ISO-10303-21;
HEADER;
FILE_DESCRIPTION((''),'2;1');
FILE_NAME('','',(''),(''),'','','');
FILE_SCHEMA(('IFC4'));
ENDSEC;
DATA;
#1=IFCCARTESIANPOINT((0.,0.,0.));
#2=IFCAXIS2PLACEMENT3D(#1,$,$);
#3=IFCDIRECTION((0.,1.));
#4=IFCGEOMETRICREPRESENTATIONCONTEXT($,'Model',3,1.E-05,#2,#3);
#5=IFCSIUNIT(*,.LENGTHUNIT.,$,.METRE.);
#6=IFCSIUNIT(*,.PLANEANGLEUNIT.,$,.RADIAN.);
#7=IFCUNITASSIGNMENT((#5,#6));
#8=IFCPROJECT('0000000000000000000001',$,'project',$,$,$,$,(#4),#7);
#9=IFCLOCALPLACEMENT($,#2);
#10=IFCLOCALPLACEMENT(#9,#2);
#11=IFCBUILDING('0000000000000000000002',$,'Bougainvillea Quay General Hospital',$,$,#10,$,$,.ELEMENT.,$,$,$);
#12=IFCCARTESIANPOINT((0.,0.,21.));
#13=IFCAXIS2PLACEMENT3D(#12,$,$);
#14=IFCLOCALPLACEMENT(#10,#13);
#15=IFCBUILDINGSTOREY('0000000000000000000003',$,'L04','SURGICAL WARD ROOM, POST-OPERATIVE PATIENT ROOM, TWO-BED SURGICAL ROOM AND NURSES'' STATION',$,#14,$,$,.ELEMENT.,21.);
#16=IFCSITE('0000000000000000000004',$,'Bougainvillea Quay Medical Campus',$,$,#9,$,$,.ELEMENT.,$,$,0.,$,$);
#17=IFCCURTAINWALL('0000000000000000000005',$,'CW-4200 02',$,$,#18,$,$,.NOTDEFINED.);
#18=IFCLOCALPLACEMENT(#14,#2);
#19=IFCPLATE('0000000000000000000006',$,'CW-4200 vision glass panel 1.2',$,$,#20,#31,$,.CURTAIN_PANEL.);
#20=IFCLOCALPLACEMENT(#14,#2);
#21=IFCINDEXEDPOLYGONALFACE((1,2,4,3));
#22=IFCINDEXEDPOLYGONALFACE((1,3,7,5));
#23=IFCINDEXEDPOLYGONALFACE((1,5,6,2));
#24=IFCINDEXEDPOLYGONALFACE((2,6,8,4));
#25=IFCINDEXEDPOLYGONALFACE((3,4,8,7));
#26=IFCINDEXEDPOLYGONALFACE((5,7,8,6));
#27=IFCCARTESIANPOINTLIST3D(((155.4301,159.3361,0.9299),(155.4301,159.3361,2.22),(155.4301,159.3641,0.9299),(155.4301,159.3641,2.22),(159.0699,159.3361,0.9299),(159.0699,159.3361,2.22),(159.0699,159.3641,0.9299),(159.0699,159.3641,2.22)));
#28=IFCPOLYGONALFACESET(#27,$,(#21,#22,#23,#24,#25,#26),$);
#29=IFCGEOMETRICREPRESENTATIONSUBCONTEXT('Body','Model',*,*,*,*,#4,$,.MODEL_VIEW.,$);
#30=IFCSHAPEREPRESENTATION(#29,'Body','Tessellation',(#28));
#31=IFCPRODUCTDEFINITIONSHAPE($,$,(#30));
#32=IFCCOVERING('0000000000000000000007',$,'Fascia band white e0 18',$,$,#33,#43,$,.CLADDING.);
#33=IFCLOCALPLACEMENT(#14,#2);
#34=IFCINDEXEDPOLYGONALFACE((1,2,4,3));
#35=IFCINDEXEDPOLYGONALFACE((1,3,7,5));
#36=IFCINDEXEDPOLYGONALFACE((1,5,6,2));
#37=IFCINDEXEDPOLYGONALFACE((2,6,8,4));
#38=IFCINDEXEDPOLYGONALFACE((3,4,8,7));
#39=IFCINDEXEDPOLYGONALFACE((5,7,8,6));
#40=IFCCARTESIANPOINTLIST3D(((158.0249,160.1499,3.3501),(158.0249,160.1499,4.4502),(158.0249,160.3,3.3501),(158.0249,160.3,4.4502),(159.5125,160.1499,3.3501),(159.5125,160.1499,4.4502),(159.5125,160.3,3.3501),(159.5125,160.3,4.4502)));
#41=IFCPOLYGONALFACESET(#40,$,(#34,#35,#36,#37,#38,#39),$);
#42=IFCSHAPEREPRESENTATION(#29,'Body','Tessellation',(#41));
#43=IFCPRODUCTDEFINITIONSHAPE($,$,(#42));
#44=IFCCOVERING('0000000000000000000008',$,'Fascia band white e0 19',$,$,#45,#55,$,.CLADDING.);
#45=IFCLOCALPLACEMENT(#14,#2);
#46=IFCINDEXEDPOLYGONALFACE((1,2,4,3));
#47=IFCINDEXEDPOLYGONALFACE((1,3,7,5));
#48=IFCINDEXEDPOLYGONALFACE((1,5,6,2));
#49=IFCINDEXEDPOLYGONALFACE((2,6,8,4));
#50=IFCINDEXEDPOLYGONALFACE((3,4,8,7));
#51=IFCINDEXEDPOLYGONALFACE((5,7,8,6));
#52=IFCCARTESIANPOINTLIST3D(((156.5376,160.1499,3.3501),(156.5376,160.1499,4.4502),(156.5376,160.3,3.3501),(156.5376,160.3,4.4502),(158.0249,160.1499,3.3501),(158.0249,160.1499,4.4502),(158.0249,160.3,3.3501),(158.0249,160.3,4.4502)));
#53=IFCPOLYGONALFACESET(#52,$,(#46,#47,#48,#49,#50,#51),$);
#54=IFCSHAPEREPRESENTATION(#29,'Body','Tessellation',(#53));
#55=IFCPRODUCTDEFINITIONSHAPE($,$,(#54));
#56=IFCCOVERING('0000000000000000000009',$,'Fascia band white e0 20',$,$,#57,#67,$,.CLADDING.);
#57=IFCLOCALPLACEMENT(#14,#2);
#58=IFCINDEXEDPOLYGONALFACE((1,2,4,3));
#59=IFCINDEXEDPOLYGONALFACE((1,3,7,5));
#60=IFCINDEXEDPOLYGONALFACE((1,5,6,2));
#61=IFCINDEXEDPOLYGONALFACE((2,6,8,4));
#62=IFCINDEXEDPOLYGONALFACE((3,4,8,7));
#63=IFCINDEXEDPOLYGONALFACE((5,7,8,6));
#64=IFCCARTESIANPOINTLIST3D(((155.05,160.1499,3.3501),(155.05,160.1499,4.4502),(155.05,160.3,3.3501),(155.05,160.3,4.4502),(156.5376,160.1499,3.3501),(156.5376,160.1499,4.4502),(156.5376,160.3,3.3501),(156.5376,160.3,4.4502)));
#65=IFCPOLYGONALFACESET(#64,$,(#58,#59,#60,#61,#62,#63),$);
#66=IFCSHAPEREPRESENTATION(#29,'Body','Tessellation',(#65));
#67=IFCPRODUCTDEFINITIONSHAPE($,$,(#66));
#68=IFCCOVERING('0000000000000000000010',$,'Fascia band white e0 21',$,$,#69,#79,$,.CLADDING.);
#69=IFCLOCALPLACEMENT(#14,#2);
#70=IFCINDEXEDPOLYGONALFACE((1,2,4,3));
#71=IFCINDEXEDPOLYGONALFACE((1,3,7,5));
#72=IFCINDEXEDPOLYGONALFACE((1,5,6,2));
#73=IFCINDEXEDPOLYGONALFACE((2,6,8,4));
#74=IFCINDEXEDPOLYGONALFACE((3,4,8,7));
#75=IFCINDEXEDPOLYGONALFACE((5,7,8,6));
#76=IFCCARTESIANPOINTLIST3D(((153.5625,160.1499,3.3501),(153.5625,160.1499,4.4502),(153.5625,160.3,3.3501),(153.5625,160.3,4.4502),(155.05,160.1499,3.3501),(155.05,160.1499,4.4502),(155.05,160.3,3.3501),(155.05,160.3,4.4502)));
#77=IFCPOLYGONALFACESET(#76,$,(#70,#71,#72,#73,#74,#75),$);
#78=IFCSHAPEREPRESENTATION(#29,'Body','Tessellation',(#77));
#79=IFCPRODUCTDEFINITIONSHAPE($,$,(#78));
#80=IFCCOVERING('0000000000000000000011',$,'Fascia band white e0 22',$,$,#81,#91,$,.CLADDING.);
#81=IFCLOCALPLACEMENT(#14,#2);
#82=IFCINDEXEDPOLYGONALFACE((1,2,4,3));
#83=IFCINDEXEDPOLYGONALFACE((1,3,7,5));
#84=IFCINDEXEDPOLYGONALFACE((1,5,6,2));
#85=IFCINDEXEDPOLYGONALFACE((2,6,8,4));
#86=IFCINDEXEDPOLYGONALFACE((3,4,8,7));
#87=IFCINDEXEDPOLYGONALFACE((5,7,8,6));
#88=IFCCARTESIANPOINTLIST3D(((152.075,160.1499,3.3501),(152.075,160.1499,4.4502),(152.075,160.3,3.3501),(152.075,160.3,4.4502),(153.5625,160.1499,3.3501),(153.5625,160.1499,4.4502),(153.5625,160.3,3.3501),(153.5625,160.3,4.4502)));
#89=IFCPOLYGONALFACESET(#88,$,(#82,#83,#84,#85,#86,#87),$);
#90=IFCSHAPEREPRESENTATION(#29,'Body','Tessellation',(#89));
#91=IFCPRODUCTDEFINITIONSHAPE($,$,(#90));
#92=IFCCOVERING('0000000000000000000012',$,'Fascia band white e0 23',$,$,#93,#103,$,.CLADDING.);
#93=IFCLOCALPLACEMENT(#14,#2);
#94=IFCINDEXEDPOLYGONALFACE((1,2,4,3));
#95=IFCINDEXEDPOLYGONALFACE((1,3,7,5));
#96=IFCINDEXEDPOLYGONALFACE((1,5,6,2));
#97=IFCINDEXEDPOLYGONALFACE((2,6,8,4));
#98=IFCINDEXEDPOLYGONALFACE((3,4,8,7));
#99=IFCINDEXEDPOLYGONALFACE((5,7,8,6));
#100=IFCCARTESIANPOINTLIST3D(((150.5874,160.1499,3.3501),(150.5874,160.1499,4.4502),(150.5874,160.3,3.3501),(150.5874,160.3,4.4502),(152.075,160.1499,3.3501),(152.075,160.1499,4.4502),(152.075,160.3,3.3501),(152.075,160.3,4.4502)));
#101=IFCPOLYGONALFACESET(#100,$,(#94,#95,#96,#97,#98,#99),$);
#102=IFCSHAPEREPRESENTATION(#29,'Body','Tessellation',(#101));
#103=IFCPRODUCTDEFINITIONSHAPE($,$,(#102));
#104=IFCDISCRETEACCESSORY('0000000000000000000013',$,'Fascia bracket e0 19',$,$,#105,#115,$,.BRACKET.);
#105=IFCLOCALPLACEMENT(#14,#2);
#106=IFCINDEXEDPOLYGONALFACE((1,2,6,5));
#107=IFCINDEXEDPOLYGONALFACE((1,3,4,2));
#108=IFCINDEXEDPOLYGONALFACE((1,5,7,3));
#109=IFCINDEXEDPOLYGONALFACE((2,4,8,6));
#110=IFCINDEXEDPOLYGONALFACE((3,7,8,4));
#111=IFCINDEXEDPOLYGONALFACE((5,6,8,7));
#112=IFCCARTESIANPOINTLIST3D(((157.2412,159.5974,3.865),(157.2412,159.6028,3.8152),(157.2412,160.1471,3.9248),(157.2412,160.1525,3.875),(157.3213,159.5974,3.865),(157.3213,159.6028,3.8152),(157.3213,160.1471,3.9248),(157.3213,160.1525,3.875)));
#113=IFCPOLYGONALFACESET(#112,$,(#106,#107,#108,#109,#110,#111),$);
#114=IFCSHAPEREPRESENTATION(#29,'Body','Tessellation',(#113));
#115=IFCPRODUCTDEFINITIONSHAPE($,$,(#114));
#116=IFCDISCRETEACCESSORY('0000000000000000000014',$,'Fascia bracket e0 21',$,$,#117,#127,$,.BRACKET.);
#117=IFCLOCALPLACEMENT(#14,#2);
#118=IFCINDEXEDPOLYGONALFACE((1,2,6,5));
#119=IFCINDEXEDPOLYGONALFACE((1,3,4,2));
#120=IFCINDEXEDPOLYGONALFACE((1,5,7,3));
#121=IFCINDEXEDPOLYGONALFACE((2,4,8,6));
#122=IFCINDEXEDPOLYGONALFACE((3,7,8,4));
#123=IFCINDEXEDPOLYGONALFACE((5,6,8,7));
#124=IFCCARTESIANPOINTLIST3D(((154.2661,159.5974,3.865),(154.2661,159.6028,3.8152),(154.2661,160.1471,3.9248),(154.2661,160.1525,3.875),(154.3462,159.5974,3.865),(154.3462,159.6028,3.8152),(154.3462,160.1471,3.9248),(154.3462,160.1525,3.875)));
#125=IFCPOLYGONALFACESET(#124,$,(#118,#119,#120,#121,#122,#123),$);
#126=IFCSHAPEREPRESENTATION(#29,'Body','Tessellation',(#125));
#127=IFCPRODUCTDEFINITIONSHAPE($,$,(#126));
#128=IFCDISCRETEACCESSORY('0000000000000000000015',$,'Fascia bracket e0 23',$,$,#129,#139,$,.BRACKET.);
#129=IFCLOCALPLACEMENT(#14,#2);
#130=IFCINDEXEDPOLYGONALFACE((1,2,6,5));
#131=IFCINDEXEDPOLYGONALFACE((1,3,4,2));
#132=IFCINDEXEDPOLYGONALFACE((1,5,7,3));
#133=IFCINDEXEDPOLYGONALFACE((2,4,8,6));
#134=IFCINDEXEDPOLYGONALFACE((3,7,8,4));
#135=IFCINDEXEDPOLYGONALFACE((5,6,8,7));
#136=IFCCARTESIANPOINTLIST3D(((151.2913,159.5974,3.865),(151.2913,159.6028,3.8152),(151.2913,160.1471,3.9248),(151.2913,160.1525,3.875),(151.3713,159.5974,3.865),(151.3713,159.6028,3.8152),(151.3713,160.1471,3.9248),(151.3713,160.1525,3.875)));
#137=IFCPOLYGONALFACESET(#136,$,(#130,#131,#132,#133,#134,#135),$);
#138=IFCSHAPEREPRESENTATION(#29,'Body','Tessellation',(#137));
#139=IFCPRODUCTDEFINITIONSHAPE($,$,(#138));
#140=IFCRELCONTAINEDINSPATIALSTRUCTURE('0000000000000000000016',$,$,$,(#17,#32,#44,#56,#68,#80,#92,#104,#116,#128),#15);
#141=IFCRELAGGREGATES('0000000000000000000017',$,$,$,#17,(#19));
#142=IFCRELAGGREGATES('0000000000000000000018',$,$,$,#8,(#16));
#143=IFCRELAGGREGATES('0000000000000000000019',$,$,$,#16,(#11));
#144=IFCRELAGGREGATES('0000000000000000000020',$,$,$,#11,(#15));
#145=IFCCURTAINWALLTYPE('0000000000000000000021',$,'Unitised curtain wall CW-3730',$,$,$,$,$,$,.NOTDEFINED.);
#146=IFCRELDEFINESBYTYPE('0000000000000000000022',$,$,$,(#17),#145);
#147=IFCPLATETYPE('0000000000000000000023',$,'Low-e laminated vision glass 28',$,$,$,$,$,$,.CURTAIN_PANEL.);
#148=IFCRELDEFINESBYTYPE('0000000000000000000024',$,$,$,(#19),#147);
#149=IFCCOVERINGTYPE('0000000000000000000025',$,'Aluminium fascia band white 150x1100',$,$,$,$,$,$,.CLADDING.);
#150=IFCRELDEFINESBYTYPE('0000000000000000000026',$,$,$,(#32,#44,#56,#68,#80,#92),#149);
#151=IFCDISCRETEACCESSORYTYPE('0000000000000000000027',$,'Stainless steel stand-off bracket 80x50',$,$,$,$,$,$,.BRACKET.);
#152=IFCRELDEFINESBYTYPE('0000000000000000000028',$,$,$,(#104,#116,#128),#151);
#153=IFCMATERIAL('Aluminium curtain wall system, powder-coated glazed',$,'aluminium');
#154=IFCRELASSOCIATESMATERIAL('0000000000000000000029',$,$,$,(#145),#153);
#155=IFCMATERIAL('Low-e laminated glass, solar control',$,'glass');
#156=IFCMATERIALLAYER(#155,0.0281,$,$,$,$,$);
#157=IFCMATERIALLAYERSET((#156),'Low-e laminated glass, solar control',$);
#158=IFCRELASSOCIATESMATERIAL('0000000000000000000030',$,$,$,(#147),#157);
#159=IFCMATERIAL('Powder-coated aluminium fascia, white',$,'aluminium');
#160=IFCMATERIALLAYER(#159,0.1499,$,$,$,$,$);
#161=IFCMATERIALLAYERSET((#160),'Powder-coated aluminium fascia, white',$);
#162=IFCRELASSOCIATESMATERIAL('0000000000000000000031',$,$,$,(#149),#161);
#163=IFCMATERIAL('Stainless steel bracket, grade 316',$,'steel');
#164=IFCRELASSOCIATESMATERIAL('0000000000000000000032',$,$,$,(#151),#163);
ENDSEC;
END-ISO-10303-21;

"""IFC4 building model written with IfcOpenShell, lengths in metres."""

from ifc_helpers import new_model, si_unit, direction, frame, origin, origin_2d, place, context, subcontext, project, spatial, polyline, rectangle, outline, extrude, material, layer, layer_set, material_profile, profile_set, type_object, element, aggregate, save


model = new_model("IFC4")

# Units and contexts
model_context = context("Model", 3, precision=1e-05, world=origin(), true_north=direction((0.0, 1.0)))
body_context = subcontext(model_context, "Body", "Model", "MODEL_VIEW")
ifc_project = project(units=[si_unit("LENGTHUNIT", "METRE"), si_unit("PLANEANGLEUNIT", "RADIAN")], contexts=[model_context])

# Site, building, storey
site_placement = place(None, origin())
site = spatial("IfcSite", under=ifc_project, at=site_placement, Name="Bougainvillea Quay Medical Campus", CompositionType="ELEMENT", RefElevation=0.0)
building_placement = place(site_placement, origin())
building = spatial("IfcBuilding", under=site, at=building_placement, Name="Bougainvillea Quay General Hospital", CompositionType="ELEMENT")
storey_placement = place(building_placement, frame((0.0, 0.0, 21.0)))
storey = spatial("IfcBuildingStorey", under=building, at=storey_placement, Name="L04", Description="SURGICAL WARD ROOM, POST-OPERATIVE PATIENT ROOM, TWO-BED SURGICAL ROOM AND NURSES' STATION", CompositionType="ELEMENT", Elevation=21.0)

# Curtain wall
ifc_material_1 = material(Name="Aluminium curtain wall system, powder-coated glazed", Category="aluminium")
curtain_wall_type = type_object("IfcCurtainWallType", Name="Unitised curtain wall CW-3730", PredefinedType="NOTDEFINED", material=ifc_material_1)
curtain_wall_placement = place(storey_placement, origin())
curtain_wall = element("IfcCurtainWall", 1, at=curtain_wall_placement, inside=storey, type_object=curtain_wall_type, Name="CW-4200 02", PredefinedType="NOTDEFINED")

# Plate
ifc_material_2 = material(Name="Low-e laminated glass, solar control", Category="glass")
ifc_layer_1 = layer(ifc_material_2, 0.0281)
ifc_layer_set_1 = layer_set([ifc_layer_1], Name="Low-e laminated glass, solar control")
plate_type_1 = type_object("IfcPlateType", Name="Low-e laminated vision glass 28", PredefinedType="CURTAIN_PANEL", material=ifc_layer_set_1)
plate_1_placement = place(storey_placement, frame((157.25, 159.3501, 0.9299), z_axis=(0.0, 0.0, 1.0), x_axis=(-1.0, 0.0, 0.0)))
plate_1 = element("IfcPlate", 2, at=plate_1_placement, type_object=plate_type_1, Name="CW-4200 vision glass panel 1.2", PredefinedType="CURTAIN_PANEL", context=body_context, shape_type="SweptSolid", body=[
    extrude(rectangle(XDim=3.6399, YDim=0.0281, at=origin_2d()), origin(), (0.0, 0.0, 1.0), 1.29),
])
aggregate(curtain_wall, [plate_1])

# Coverings
ifc_material_3 = material(Name="Powder-coated aluminium fascia, white", Category="aluminium")
ifc_layer_2 = layer(ifc_material_3, 0.1499)
ifc_layer_set_2 = layer_set([ifc_layer_2], Name="Powder-coated aluminium fascia, white")
covering_type = type_object("IfcCoveringType", Name="Aluminium fascia band white 150x1100", PredefinedType="CLADDING", material=ifc_layer_set_2)
covering_1_placement = place(storey_placement, frame((159.5125, 160.1499, 3.3501), z_axis=(0.0, 0.0, 1.0), x_axis=(-1.0, 0.0, 0.0)))
element("IfcCovering", 3, at=covering_1_placement, inside=storey, type_object=covering_type, Name="Fascia band white e0 18", PredefinedType="CLADDING", context=body_context, shape_type="SweptSolid", body=[
    extrude(outline(polyline([(0.0, 0.0), (1.4875, 0.0), (1.4875, -0.1501), (0.0, -0.1501), (0.0, 0.0)])), origin(), (0.0, 0.0, 1.0), 1.1001),
])
covering_2_placement = place(storey_placement, frame((158.0249, 160.1499, 3.3501), z_axis=(0.0, 0.0, 1.0), x_axis=(-1.0, 0.0, 0.0)))
element("IfcCovering", 4, at=covering_2_placement, inside=storey, type_object=covering_type, Name="Fascia band white e0 19", PredefinedType="CLADDING", context=body_context, shape_type="SweptSolid", body=[
    extrude(outline(polyline([(0.0, 0.0), (1.4873, 0.0), (1.4873, -0.1501), (0.0, -0.1501), (0.0, 0.0)])), origin(), (0.0, 0.0, 1.0), 1.1001),
])
for number, where, z_axis, x_axis, name in (
    (5, (156.5376, 160.1499, 3.3501), (0.0, 0.0, 1.0), (-1.0, 0.0, 0.0), "Fascia band white e0 20"),
    (6, (155.05, 160.1499, 3.3501), (0.0, 0.0, 1.0), (-1.0, 0.0, 0.0), "Fascia band white e0 21"),
    (7, (153.5625, 160.1499, 3.3501), (0.0, 0.0, 1.0), (-1.0, 0.0, 0.0), "Fascia band white e0 22"),
    (8, (152.075, 160.1499, 3.3501), (0.0, 0.0, 1.0), (-1.0, 0.0, 0.0), "Fascia band white e0 23"),
):
    element("IfcCovering", number, at=place(storey_placement, frame(where, z_axis=z_axis, x_axis=x_axis)), inside=storey, type_object=covering_type, Name=name, PredefinedType="CLADDING", context=body_context, shape_type="SweptSolid", body=[
        extrude(outline(polyline([(0.0, 0.0), (1.4875, 0.0), (1.4875, -0.1501), (0.0, -0.1501), (0.0, 0.0)])), origin(), (0.0, 0.0, 1.0), 1.1001),
    ])

# Discrete accessories
ifc_material_4 = material(Name="Stainless steel bracket, grade 316", Category="steel")
ifc_material_profile_1 = material_profile(ifc_material_4, rectangle(XDim=0.0801, YDim=0.05, at=origin_2d()))
ifc_profile_set_1 = profile_set([ifc_material_profile_1], Name="Stainless steel bracket, grade 316")
discrete_accessory_type = type_object("IfcDiscreteAccessoryType", Name="Stainless steel stand-off bracket 80x50", PredefinedType="BRACKET", material=ifc_profile_set_1)
for number, where, z_axis, x_axis, name in (
    (9, (157.2812, 159.6001, 3.8401), (0.0, 0.994134, 0.108154), (-1.0, 0.0, 0.0), "Fascia bracket e0 19"),
    (10, (154.3062, 159.6001, 3.8401), (0.0, 0.994134, 0.108154), (-1.0, 0.0, 0.0), "Fascia bracket e0 21"),
    (11, (151.3313, 159.6001, 3.8401), (0.0, 0.994134, 0.108154), (-1.0, 0.0, 0.0), "Fascia bracket e0 23"),
):
    element("IfcDiscreteAccessory", number, at=place(storey_placement, frame(where, z_axis=z_axis, x_axis=x_axis)), inside=storey, type_object=discrete_accessory_type, Name=name, PredefinedType="BRACKET", context=body_context, shape_type="SweptSolid", body=[
        extrude(rectangle(XDim=0.0801, YDim=0.05, at=origin_2d()), origin(), (0.0, 0.0, 1.0), 0.553),
    ])

save(model, "model.ifc")
